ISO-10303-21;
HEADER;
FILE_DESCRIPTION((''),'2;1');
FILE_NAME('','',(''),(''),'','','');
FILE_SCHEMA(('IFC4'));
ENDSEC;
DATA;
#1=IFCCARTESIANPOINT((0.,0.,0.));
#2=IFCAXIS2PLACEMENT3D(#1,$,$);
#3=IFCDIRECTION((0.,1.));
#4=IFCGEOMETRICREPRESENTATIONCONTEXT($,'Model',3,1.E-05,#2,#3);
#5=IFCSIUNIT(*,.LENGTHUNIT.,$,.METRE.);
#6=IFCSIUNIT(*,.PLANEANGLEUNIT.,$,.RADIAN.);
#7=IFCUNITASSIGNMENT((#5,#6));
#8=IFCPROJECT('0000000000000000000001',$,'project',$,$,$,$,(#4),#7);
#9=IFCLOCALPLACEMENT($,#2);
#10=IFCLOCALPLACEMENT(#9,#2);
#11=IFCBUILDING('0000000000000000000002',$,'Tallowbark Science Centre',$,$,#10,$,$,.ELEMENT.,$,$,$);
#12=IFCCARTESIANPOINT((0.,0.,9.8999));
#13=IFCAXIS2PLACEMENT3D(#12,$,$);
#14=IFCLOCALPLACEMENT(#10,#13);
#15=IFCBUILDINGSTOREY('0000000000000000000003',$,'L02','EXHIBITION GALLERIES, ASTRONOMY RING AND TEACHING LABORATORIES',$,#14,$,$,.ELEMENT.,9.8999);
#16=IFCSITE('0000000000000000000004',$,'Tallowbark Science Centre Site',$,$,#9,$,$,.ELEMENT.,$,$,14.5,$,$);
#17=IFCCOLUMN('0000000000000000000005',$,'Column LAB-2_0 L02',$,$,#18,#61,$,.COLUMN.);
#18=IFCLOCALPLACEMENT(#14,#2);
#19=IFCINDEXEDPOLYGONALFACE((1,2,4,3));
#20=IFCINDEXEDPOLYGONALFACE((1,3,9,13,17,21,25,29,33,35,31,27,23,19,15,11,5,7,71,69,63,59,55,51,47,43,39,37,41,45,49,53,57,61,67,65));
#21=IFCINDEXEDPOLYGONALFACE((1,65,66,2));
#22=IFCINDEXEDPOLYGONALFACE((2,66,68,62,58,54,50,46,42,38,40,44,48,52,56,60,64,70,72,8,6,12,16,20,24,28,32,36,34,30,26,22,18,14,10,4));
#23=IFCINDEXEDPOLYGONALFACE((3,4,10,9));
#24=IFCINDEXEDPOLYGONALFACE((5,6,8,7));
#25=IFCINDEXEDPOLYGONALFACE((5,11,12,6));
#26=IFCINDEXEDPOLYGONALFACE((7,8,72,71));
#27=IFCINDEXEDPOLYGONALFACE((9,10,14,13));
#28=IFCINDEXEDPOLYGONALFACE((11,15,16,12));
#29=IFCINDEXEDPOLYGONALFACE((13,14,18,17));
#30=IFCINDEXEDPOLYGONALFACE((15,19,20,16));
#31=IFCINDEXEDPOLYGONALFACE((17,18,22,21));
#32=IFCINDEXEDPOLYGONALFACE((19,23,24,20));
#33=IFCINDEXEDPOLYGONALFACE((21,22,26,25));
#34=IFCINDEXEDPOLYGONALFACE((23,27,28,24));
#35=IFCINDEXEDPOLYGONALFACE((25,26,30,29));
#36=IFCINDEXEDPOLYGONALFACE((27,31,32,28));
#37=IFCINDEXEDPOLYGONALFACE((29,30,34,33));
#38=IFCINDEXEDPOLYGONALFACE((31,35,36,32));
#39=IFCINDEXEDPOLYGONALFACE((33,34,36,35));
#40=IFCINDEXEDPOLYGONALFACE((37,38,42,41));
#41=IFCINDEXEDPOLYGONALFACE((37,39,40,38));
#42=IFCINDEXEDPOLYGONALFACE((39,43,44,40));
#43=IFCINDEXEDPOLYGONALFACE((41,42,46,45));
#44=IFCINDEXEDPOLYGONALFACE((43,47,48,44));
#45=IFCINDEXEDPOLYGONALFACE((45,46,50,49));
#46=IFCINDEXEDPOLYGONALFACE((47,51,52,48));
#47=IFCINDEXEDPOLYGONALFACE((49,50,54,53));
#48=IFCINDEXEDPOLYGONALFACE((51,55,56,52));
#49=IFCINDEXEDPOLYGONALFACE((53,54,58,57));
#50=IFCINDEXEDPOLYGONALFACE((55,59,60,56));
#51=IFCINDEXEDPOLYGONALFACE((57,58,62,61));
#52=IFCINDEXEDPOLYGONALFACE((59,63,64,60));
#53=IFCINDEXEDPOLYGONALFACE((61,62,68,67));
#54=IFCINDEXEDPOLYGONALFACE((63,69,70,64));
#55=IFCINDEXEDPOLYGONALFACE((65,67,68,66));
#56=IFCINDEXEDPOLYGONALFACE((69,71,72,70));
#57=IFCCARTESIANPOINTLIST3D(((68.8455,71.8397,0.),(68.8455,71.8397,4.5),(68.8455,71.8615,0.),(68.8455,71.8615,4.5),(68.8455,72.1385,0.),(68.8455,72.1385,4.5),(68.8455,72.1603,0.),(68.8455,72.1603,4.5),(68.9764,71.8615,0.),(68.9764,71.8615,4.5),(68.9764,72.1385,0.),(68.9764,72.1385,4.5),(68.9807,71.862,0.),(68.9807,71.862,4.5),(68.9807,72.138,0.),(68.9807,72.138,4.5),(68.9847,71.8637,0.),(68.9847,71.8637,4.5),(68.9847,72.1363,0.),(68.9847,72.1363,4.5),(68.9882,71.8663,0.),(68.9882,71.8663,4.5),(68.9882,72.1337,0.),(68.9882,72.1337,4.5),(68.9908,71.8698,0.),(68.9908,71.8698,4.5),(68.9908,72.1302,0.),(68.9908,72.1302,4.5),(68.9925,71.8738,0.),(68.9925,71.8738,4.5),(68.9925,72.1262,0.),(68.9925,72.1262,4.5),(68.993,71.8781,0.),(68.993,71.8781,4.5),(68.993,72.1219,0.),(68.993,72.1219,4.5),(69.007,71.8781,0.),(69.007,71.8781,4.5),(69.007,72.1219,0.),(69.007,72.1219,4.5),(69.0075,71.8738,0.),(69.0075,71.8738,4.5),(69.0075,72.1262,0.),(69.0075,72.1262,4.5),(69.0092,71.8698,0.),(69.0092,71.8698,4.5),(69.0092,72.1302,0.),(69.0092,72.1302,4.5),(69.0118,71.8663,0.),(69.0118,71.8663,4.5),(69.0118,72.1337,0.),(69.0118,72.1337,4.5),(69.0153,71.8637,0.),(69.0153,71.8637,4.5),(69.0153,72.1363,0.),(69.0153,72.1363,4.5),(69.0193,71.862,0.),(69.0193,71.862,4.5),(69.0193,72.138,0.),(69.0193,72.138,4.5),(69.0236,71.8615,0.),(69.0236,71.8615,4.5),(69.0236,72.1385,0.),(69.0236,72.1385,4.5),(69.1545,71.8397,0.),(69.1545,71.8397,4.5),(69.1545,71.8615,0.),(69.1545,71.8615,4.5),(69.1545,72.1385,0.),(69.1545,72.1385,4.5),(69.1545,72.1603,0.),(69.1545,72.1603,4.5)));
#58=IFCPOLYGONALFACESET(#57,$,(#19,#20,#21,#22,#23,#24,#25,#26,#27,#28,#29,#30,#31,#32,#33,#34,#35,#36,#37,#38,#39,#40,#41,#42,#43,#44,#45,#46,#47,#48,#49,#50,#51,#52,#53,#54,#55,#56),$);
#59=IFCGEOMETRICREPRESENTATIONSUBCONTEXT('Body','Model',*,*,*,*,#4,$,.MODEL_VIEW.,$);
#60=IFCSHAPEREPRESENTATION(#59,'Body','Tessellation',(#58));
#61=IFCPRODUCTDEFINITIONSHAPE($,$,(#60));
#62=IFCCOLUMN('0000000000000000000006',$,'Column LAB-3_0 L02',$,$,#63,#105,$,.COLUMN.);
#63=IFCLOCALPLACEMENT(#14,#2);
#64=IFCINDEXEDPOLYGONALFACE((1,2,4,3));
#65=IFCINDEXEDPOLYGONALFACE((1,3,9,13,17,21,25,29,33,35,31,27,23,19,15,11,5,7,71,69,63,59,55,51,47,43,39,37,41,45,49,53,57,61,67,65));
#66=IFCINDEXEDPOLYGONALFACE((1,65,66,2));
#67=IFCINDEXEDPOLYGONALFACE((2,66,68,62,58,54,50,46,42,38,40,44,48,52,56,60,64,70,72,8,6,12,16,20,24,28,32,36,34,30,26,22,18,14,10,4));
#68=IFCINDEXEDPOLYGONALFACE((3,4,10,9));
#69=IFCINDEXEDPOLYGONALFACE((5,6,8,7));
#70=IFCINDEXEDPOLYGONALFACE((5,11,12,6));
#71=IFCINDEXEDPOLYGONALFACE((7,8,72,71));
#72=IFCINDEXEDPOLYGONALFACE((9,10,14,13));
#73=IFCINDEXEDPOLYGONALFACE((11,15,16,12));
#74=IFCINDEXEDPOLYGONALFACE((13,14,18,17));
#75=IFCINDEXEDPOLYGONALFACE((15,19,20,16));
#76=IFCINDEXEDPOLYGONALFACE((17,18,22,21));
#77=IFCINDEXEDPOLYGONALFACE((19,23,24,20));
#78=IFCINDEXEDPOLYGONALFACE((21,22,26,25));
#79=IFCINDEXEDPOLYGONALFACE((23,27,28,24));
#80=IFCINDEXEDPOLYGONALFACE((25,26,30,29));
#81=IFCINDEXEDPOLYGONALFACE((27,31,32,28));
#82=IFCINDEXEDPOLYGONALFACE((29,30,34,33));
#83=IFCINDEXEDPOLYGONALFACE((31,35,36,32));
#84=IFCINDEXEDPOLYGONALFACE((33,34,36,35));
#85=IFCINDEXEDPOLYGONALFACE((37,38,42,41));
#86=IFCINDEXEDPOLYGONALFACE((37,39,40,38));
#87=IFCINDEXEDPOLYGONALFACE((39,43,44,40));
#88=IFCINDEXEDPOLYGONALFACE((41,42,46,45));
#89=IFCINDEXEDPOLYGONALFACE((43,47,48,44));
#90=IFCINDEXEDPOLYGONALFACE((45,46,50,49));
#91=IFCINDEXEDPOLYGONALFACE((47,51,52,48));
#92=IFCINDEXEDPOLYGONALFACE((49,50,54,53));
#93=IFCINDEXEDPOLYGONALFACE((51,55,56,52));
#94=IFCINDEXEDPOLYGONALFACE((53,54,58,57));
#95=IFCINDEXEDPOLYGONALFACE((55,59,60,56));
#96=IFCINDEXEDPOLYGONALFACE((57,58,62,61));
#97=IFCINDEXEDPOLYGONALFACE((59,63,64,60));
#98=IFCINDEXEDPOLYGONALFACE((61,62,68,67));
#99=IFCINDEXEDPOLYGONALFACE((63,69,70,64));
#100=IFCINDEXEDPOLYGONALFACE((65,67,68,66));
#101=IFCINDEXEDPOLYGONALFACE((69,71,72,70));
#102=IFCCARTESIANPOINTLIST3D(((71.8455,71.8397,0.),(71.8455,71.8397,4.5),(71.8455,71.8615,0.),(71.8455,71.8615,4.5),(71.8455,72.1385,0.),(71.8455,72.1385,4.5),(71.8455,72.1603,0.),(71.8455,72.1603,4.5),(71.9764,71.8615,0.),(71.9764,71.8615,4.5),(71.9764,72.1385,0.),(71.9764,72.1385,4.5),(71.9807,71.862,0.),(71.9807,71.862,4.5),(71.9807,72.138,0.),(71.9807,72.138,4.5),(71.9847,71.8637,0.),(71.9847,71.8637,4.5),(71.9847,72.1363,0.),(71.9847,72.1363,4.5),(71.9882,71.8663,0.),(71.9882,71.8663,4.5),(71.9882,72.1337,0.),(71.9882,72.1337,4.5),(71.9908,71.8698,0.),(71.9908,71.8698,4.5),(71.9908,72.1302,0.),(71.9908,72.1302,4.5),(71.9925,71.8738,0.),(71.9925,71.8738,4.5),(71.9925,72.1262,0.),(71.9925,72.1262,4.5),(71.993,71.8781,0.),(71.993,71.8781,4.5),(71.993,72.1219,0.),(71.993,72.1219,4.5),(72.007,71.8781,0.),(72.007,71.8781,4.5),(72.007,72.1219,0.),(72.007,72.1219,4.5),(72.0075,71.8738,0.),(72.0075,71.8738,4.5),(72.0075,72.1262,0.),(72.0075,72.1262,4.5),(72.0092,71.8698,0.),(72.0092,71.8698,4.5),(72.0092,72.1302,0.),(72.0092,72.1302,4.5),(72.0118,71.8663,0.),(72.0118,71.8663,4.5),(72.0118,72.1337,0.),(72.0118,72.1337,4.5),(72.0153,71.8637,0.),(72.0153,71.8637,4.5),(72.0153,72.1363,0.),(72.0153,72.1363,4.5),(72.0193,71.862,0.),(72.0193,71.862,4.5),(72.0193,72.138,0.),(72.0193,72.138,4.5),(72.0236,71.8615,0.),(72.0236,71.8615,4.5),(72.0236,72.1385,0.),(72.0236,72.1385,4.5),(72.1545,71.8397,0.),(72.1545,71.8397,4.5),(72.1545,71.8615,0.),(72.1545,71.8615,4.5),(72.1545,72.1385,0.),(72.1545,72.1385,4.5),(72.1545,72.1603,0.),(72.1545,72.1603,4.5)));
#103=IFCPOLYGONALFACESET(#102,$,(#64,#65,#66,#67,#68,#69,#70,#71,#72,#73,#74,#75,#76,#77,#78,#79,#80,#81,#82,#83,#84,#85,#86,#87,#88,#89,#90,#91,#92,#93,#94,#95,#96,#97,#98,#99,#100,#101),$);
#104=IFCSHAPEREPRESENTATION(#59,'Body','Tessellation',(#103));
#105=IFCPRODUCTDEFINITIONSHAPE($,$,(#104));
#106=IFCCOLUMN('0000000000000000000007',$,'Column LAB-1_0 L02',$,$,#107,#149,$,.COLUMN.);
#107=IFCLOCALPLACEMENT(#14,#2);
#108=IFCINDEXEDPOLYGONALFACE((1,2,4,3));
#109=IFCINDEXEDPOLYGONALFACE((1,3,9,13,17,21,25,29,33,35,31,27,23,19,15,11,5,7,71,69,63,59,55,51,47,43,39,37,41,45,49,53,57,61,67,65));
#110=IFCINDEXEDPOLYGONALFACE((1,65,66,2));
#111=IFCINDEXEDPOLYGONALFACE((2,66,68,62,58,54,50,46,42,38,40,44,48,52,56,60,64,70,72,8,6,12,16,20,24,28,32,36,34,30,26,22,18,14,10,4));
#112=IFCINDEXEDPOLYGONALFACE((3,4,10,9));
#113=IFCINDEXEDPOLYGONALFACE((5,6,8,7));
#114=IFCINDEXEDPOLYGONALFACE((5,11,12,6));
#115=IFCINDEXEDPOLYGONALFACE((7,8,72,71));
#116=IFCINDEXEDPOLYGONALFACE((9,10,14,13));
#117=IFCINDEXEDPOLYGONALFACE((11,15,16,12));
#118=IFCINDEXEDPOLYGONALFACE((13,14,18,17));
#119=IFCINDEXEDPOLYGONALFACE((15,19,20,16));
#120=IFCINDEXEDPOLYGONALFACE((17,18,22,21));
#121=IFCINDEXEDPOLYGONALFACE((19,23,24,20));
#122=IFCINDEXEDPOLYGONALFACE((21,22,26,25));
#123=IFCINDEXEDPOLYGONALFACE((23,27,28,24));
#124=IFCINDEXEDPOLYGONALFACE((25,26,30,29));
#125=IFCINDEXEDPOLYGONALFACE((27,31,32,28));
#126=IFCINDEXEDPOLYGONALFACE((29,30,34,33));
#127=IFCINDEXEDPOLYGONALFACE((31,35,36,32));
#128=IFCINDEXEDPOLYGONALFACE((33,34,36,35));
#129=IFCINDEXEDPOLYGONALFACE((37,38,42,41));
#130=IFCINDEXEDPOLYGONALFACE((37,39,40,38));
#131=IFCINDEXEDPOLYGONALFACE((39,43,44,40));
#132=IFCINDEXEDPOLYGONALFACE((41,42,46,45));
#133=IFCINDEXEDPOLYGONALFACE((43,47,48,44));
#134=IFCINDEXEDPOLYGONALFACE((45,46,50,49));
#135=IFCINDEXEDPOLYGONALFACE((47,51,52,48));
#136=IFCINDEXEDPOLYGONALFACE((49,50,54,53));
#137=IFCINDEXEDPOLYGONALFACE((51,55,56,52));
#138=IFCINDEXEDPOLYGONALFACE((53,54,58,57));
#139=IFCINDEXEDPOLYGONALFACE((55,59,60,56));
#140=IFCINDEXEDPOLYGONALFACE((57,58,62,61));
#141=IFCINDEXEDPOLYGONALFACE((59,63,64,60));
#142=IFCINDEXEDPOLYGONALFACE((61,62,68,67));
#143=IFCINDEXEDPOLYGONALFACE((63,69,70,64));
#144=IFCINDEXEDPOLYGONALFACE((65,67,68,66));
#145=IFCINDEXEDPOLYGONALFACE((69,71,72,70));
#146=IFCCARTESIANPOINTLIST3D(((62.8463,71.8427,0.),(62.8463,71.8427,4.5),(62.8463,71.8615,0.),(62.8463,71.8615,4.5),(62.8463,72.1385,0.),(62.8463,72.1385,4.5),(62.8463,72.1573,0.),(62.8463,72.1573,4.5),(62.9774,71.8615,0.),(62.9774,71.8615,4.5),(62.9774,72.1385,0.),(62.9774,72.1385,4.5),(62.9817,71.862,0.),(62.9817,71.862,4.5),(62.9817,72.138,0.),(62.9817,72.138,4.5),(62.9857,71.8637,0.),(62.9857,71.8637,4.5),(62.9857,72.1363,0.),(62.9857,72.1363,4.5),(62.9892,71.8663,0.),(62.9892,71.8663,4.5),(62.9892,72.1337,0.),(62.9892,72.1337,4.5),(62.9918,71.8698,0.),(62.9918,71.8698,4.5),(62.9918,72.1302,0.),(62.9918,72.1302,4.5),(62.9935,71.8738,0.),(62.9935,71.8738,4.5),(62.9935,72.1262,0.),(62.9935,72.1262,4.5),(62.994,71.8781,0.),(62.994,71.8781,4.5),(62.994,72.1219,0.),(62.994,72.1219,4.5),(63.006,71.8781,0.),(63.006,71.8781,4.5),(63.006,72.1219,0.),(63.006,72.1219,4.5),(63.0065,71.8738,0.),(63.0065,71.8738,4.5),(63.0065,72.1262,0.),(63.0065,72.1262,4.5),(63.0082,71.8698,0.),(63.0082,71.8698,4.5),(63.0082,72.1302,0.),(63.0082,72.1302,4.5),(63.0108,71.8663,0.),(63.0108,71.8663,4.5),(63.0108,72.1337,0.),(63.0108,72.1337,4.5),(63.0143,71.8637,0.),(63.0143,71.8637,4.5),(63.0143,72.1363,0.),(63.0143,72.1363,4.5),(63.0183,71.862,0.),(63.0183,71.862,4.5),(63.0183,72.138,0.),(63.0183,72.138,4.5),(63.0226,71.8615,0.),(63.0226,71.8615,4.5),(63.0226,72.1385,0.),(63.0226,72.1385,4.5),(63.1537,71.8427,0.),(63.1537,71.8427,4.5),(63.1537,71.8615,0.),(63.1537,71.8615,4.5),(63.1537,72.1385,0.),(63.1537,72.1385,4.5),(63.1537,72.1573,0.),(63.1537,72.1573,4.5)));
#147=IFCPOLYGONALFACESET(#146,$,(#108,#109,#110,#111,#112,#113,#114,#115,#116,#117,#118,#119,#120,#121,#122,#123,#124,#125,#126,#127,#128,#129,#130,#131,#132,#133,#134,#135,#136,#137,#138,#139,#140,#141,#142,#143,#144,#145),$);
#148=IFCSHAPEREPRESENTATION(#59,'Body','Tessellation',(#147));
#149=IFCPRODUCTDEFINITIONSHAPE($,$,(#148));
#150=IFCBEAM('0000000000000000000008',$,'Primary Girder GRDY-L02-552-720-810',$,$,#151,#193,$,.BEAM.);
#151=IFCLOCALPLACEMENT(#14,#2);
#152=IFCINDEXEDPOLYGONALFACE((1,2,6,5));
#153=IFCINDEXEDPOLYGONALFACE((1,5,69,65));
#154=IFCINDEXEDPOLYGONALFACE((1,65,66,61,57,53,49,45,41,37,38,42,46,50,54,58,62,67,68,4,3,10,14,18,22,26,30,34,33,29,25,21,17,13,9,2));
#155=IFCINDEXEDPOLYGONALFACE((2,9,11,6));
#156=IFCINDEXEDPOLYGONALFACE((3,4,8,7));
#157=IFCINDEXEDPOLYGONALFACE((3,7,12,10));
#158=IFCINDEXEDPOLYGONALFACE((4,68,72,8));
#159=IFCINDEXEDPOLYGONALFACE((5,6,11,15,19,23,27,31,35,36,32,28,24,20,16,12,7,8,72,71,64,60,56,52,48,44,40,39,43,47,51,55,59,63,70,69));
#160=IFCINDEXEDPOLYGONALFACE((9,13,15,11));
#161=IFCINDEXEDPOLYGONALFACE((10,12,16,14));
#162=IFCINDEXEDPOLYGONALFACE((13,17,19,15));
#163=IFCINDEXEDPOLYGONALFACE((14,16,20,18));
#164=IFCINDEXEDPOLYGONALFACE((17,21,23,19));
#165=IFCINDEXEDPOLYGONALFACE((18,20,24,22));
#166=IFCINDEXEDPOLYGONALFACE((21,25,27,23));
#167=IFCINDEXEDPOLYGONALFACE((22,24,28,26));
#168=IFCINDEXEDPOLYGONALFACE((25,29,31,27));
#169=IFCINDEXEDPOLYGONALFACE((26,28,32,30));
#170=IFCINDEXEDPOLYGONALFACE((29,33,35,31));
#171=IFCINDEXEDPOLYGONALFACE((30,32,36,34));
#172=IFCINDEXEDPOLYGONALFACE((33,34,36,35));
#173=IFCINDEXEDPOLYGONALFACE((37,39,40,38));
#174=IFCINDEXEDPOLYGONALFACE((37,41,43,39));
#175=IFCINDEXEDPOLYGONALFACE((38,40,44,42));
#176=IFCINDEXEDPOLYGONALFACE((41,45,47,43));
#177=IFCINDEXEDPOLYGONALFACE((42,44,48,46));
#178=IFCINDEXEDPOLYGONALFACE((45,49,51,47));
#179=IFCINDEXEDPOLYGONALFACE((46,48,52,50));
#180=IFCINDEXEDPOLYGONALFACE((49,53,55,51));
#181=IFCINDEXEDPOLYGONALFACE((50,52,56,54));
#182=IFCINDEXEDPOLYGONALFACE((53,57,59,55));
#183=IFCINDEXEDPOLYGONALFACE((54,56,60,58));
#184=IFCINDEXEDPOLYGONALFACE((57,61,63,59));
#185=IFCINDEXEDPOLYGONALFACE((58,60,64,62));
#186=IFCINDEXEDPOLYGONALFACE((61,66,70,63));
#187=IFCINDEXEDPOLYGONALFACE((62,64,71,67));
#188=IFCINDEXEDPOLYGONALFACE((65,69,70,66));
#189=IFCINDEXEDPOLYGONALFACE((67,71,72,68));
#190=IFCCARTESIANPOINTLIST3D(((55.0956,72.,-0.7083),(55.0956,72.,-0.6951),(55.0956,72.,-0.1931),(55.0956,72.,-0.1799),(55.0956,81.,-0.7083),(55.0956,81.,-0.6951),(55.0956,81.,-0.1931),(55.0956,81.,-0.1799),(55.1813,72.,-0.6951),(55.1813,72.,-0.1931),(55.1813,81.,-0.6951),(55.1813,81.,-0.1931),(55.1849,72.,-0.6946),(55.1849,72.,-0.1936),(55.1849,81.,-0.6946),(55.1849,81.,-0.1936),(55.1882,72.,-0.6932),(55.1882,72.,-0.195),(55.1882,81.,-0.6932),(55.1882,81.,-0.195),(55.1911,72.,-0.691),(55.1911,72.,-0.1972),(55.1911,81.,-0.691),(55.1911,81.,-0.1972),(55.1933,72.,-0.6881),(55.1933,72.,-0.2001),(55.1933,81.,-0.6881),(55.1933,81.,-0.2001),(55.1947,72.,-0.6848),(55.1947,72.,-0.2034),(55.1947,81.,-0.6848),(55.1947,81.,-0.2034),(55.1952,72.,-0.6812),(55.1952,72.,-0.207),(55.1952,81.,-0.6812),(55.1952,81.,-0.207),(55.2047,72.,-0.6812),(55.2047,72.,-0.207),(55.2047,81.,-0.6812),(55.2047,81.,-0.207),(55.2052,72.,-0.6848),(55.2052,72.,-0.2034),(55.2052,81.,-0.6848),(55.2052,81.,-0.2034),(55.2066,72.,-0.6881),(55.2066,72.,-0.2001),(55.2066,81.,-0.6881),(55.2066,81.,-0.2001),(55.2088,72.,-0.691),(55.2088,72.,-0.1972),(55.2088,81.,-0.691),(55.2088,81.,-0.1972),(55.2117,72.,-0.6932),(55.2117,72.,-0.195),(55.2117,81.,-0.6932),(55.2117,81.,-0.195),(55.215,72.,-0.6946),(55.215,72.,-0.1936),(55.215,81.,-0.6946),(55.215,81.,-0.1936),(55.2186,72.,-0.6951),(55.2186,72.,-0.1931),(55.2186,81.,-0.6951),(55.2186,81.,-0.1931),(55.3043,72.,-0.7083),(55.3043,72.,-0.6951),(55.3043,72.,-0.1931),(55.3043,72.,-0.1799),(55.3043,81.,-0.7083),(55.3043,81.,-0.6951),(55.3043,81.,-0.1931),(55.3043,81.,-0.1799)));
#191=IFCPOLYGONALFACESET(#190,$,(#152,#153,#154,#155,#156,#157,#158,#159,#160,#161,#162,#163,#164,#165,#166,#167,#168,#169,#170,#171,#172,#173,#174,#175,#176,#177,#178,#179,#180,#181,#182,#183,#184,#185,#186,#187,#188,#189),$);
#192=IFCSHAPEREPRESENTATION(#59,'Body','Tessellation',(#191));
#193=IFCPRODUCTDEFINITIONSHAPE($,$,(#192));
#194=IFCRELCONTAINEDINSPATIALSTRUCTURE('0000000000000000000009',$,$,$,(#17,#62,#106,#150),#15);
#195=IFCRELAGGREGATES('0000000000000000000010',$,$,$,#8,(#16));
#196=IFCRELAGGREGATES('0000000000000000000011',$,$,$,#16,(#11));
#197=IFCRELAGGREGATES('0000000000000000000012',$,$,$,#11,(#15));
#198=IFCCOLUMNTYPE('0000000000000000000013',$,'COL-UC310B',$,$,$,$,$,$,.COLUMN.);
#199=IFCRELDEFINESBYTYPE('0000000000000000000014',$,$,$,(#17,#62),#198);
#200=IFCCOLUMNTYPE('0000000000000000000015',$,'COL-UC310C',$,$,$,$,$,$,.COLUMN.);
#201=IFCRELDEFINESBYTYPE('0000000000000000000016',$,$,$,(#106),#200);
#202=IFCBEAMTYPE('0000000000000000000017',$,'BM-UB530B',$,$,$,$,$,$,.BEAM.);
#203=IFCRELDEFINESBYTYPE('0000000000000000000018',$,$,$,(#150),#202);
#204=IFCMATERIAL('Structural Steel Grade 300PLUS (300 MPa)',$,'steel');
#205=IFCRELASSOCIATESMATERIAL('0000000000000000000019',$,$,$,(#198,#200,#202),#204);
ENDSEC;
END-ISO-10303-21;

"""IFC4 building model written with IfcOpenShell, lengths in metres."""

from ifc_helpers import new_model, si_unit, direction, frame, origin, origin_2d, place, context, subcontext, project, spatial, i_section, extrude, material, material_profile, profile_set, type_object, element, save


model = new_model("IFC4")

# Units and contexts
model_context = context("Model", 3, precision=1e-05, world=origin(), true_north=direction((0.0, 1.0)))
body_context = subcontext(model_context, "Body", "Model", "MODEL_VIEW")
ifc_project = project(units=[si_unit("LENGTHUNIT", "METRE"), si_unit("PLANEANGLEUNIT", "RADIAN")], contexts=[model_context])

# Site, building, storey
site_placement = place(None, origin())
site = spatial("IfcSite", under=ifc_project, at=site_placement, Name="Tallowbark Science Centre Site", CompositionType="ELEMENT", RefElevation=14.5)
building_placement = place(site_placement, origin())
building = spatial("IfcBuilding", under=site, at=building_placement, Name="Tallowbark Science Centre", CompositionType="ELEMENT")
storey_placement = place(building_placement, frame((0.0, 0.0, 9.8999)))
storey = spatial("IfcBuildingStorey", under=building, at=storey_placement, Name="L02", Description="EXHIBITION GALLERIES, ASTRONOMY RING AND TEACHING LABORATORIES", CompositionType="ELEMENT", Elevation=9.8999)

# Columns
ifc_material_1 = material(Name="Structural Steel Grade 300PLUS (300 MPa)", Category="steel")
ifc_material_profile_1 = material_profile(ifc_material_1, i_section(OverallWidth=0.3091, OverallDepth=0.3206, WebThickness=0.0139, FlangeThickness=0.0217, FilletRadius=0.0166, at=origin_2d()), Name="310UC137")
ifc_profile_set_1 = profile_set([ifc_material_profile_1], Name="Structural Steel Grade 300PLUS (300 MPa)")
column_type_1 = type_object("IfcColumnType", Name="COL-UC310B", PredefinedType="COLUMN", material=ifc_profile_set_1)
for number, where, z_axis, x_axis, name in (
    (1, (69.0, 72.0, 0.0), (0.0, 0.0, 1.0), (1.0, 0.0, 0.0), "Column LAB-2_0 L02"),
    (2, (72.0, 72.0, 0.0), (0.0, 0.0, 1.0), (1.0, 0.0, 0.0), "Column LAB-3_0 L02"),
):
    element("IfcColumn", number, at=place(storey_placement, frame(where, z_axis=z_axis, x_axis=x_axis)), inside=storey, type_object=column_type_1, Name=name, PredefinedType="COLUMN", context=body_context, shape_type="SweptSolid", body=[
        extrude(i_section(OverallWidth=0.3091, OverallDepth=0.3206, WebThickness=0.0139, FlangeThickness=0.0217, FilletRadius=0.0166, at=origin_2d()), origin(), (0.0, 0.0, 1.0), 4.5),
    ])
ifc_material_profile_2 = material_profile(ifc_material_1, i_section(OverallWidth=0.3074, OverallDepth=0.3147, WebThickness=0.012, FlangeThickness=0.0188, FilletRadius=0.0166, at=origin_2d()), Name="310UC118")
ifc_profile_set_2 = profile_set([ifc_material_profile_2], Name="Structural Steel Grade 300PLUS (300 MPa)")
column_type_2 = type_object("IfcColumnType", Name="COL-UC310C", PredefinedType="COLUMN", material=ifc_profile_set_2)
column_placement = place(storey_placement, frame((63.0, 72.0, 0.0), z_axis=(0.0, 0.0, 1.0), x_axis=(1.0, 0.0, 0.0)))
element("IfcColumn", 3, at=column_placement, inside=storey, type_object=column_type_2, Name="Column LAB-1_0 L02", PredefinedType="COLUMN", context=body_context, shape_type="SweptSolid", body=[
    extrude(i_section(OverallWidth=0.3074, OverallDepth=0.3147, WebThickness=0.012, FlangeThickness=0.0188, FilletRadius=0.0166, at=origin_2d()), origin(), (0.0, 0.0, 1.0), 4.5),
])

# Beam
ifc_material_profile_3 = material_profile(ifc_material_1, i_section(OverallWidth=0.2087, OverallDepth=0.5283, WebThickness=0.0095, FlangeThickness=0.0132, FilletRadius=0.0139, at=origin_2d()), Name="530UB82.0")
ifc_profile_set_3 = profile_set([ifc_material_profile_3], Name="Structural Steel Grade 300PLUS (300 MPa)")
beam_type_1 = type_object("IfcBeamType", Name="BM-UB530B", PredefinedType="BEAM", material=ifc_profile_set_3)
for number, where, z_axis, x_axis, name in (
    (4, (55.2, 72.0, -0.4441), (0.0, 1.0, 0.0), (-1.0, 0.0, 0.0), "Primary Girder GRDY-L02-552-720-810"),
):
    element("IfcBeam", number, at=place(storey_placement, frame(where, z_axis=z_axis, x_axis=x_axis)), inside=storey, type_object=beam_type_1, Name=name, PredefinedType="BEAM", context=body_context, shape_type="SweptSolid", body=[
        extrude(i_section(OverallWidth=0.2087, OverallDepth=0.5283, WebThickness=0.0095, FlangeThickness=0.0132, FilletRadius=0.0139, at=origin_2d()), origin(), (0.0, 0.0, 1.0), 9.0),
    ])

save(model, "model.ifc")
